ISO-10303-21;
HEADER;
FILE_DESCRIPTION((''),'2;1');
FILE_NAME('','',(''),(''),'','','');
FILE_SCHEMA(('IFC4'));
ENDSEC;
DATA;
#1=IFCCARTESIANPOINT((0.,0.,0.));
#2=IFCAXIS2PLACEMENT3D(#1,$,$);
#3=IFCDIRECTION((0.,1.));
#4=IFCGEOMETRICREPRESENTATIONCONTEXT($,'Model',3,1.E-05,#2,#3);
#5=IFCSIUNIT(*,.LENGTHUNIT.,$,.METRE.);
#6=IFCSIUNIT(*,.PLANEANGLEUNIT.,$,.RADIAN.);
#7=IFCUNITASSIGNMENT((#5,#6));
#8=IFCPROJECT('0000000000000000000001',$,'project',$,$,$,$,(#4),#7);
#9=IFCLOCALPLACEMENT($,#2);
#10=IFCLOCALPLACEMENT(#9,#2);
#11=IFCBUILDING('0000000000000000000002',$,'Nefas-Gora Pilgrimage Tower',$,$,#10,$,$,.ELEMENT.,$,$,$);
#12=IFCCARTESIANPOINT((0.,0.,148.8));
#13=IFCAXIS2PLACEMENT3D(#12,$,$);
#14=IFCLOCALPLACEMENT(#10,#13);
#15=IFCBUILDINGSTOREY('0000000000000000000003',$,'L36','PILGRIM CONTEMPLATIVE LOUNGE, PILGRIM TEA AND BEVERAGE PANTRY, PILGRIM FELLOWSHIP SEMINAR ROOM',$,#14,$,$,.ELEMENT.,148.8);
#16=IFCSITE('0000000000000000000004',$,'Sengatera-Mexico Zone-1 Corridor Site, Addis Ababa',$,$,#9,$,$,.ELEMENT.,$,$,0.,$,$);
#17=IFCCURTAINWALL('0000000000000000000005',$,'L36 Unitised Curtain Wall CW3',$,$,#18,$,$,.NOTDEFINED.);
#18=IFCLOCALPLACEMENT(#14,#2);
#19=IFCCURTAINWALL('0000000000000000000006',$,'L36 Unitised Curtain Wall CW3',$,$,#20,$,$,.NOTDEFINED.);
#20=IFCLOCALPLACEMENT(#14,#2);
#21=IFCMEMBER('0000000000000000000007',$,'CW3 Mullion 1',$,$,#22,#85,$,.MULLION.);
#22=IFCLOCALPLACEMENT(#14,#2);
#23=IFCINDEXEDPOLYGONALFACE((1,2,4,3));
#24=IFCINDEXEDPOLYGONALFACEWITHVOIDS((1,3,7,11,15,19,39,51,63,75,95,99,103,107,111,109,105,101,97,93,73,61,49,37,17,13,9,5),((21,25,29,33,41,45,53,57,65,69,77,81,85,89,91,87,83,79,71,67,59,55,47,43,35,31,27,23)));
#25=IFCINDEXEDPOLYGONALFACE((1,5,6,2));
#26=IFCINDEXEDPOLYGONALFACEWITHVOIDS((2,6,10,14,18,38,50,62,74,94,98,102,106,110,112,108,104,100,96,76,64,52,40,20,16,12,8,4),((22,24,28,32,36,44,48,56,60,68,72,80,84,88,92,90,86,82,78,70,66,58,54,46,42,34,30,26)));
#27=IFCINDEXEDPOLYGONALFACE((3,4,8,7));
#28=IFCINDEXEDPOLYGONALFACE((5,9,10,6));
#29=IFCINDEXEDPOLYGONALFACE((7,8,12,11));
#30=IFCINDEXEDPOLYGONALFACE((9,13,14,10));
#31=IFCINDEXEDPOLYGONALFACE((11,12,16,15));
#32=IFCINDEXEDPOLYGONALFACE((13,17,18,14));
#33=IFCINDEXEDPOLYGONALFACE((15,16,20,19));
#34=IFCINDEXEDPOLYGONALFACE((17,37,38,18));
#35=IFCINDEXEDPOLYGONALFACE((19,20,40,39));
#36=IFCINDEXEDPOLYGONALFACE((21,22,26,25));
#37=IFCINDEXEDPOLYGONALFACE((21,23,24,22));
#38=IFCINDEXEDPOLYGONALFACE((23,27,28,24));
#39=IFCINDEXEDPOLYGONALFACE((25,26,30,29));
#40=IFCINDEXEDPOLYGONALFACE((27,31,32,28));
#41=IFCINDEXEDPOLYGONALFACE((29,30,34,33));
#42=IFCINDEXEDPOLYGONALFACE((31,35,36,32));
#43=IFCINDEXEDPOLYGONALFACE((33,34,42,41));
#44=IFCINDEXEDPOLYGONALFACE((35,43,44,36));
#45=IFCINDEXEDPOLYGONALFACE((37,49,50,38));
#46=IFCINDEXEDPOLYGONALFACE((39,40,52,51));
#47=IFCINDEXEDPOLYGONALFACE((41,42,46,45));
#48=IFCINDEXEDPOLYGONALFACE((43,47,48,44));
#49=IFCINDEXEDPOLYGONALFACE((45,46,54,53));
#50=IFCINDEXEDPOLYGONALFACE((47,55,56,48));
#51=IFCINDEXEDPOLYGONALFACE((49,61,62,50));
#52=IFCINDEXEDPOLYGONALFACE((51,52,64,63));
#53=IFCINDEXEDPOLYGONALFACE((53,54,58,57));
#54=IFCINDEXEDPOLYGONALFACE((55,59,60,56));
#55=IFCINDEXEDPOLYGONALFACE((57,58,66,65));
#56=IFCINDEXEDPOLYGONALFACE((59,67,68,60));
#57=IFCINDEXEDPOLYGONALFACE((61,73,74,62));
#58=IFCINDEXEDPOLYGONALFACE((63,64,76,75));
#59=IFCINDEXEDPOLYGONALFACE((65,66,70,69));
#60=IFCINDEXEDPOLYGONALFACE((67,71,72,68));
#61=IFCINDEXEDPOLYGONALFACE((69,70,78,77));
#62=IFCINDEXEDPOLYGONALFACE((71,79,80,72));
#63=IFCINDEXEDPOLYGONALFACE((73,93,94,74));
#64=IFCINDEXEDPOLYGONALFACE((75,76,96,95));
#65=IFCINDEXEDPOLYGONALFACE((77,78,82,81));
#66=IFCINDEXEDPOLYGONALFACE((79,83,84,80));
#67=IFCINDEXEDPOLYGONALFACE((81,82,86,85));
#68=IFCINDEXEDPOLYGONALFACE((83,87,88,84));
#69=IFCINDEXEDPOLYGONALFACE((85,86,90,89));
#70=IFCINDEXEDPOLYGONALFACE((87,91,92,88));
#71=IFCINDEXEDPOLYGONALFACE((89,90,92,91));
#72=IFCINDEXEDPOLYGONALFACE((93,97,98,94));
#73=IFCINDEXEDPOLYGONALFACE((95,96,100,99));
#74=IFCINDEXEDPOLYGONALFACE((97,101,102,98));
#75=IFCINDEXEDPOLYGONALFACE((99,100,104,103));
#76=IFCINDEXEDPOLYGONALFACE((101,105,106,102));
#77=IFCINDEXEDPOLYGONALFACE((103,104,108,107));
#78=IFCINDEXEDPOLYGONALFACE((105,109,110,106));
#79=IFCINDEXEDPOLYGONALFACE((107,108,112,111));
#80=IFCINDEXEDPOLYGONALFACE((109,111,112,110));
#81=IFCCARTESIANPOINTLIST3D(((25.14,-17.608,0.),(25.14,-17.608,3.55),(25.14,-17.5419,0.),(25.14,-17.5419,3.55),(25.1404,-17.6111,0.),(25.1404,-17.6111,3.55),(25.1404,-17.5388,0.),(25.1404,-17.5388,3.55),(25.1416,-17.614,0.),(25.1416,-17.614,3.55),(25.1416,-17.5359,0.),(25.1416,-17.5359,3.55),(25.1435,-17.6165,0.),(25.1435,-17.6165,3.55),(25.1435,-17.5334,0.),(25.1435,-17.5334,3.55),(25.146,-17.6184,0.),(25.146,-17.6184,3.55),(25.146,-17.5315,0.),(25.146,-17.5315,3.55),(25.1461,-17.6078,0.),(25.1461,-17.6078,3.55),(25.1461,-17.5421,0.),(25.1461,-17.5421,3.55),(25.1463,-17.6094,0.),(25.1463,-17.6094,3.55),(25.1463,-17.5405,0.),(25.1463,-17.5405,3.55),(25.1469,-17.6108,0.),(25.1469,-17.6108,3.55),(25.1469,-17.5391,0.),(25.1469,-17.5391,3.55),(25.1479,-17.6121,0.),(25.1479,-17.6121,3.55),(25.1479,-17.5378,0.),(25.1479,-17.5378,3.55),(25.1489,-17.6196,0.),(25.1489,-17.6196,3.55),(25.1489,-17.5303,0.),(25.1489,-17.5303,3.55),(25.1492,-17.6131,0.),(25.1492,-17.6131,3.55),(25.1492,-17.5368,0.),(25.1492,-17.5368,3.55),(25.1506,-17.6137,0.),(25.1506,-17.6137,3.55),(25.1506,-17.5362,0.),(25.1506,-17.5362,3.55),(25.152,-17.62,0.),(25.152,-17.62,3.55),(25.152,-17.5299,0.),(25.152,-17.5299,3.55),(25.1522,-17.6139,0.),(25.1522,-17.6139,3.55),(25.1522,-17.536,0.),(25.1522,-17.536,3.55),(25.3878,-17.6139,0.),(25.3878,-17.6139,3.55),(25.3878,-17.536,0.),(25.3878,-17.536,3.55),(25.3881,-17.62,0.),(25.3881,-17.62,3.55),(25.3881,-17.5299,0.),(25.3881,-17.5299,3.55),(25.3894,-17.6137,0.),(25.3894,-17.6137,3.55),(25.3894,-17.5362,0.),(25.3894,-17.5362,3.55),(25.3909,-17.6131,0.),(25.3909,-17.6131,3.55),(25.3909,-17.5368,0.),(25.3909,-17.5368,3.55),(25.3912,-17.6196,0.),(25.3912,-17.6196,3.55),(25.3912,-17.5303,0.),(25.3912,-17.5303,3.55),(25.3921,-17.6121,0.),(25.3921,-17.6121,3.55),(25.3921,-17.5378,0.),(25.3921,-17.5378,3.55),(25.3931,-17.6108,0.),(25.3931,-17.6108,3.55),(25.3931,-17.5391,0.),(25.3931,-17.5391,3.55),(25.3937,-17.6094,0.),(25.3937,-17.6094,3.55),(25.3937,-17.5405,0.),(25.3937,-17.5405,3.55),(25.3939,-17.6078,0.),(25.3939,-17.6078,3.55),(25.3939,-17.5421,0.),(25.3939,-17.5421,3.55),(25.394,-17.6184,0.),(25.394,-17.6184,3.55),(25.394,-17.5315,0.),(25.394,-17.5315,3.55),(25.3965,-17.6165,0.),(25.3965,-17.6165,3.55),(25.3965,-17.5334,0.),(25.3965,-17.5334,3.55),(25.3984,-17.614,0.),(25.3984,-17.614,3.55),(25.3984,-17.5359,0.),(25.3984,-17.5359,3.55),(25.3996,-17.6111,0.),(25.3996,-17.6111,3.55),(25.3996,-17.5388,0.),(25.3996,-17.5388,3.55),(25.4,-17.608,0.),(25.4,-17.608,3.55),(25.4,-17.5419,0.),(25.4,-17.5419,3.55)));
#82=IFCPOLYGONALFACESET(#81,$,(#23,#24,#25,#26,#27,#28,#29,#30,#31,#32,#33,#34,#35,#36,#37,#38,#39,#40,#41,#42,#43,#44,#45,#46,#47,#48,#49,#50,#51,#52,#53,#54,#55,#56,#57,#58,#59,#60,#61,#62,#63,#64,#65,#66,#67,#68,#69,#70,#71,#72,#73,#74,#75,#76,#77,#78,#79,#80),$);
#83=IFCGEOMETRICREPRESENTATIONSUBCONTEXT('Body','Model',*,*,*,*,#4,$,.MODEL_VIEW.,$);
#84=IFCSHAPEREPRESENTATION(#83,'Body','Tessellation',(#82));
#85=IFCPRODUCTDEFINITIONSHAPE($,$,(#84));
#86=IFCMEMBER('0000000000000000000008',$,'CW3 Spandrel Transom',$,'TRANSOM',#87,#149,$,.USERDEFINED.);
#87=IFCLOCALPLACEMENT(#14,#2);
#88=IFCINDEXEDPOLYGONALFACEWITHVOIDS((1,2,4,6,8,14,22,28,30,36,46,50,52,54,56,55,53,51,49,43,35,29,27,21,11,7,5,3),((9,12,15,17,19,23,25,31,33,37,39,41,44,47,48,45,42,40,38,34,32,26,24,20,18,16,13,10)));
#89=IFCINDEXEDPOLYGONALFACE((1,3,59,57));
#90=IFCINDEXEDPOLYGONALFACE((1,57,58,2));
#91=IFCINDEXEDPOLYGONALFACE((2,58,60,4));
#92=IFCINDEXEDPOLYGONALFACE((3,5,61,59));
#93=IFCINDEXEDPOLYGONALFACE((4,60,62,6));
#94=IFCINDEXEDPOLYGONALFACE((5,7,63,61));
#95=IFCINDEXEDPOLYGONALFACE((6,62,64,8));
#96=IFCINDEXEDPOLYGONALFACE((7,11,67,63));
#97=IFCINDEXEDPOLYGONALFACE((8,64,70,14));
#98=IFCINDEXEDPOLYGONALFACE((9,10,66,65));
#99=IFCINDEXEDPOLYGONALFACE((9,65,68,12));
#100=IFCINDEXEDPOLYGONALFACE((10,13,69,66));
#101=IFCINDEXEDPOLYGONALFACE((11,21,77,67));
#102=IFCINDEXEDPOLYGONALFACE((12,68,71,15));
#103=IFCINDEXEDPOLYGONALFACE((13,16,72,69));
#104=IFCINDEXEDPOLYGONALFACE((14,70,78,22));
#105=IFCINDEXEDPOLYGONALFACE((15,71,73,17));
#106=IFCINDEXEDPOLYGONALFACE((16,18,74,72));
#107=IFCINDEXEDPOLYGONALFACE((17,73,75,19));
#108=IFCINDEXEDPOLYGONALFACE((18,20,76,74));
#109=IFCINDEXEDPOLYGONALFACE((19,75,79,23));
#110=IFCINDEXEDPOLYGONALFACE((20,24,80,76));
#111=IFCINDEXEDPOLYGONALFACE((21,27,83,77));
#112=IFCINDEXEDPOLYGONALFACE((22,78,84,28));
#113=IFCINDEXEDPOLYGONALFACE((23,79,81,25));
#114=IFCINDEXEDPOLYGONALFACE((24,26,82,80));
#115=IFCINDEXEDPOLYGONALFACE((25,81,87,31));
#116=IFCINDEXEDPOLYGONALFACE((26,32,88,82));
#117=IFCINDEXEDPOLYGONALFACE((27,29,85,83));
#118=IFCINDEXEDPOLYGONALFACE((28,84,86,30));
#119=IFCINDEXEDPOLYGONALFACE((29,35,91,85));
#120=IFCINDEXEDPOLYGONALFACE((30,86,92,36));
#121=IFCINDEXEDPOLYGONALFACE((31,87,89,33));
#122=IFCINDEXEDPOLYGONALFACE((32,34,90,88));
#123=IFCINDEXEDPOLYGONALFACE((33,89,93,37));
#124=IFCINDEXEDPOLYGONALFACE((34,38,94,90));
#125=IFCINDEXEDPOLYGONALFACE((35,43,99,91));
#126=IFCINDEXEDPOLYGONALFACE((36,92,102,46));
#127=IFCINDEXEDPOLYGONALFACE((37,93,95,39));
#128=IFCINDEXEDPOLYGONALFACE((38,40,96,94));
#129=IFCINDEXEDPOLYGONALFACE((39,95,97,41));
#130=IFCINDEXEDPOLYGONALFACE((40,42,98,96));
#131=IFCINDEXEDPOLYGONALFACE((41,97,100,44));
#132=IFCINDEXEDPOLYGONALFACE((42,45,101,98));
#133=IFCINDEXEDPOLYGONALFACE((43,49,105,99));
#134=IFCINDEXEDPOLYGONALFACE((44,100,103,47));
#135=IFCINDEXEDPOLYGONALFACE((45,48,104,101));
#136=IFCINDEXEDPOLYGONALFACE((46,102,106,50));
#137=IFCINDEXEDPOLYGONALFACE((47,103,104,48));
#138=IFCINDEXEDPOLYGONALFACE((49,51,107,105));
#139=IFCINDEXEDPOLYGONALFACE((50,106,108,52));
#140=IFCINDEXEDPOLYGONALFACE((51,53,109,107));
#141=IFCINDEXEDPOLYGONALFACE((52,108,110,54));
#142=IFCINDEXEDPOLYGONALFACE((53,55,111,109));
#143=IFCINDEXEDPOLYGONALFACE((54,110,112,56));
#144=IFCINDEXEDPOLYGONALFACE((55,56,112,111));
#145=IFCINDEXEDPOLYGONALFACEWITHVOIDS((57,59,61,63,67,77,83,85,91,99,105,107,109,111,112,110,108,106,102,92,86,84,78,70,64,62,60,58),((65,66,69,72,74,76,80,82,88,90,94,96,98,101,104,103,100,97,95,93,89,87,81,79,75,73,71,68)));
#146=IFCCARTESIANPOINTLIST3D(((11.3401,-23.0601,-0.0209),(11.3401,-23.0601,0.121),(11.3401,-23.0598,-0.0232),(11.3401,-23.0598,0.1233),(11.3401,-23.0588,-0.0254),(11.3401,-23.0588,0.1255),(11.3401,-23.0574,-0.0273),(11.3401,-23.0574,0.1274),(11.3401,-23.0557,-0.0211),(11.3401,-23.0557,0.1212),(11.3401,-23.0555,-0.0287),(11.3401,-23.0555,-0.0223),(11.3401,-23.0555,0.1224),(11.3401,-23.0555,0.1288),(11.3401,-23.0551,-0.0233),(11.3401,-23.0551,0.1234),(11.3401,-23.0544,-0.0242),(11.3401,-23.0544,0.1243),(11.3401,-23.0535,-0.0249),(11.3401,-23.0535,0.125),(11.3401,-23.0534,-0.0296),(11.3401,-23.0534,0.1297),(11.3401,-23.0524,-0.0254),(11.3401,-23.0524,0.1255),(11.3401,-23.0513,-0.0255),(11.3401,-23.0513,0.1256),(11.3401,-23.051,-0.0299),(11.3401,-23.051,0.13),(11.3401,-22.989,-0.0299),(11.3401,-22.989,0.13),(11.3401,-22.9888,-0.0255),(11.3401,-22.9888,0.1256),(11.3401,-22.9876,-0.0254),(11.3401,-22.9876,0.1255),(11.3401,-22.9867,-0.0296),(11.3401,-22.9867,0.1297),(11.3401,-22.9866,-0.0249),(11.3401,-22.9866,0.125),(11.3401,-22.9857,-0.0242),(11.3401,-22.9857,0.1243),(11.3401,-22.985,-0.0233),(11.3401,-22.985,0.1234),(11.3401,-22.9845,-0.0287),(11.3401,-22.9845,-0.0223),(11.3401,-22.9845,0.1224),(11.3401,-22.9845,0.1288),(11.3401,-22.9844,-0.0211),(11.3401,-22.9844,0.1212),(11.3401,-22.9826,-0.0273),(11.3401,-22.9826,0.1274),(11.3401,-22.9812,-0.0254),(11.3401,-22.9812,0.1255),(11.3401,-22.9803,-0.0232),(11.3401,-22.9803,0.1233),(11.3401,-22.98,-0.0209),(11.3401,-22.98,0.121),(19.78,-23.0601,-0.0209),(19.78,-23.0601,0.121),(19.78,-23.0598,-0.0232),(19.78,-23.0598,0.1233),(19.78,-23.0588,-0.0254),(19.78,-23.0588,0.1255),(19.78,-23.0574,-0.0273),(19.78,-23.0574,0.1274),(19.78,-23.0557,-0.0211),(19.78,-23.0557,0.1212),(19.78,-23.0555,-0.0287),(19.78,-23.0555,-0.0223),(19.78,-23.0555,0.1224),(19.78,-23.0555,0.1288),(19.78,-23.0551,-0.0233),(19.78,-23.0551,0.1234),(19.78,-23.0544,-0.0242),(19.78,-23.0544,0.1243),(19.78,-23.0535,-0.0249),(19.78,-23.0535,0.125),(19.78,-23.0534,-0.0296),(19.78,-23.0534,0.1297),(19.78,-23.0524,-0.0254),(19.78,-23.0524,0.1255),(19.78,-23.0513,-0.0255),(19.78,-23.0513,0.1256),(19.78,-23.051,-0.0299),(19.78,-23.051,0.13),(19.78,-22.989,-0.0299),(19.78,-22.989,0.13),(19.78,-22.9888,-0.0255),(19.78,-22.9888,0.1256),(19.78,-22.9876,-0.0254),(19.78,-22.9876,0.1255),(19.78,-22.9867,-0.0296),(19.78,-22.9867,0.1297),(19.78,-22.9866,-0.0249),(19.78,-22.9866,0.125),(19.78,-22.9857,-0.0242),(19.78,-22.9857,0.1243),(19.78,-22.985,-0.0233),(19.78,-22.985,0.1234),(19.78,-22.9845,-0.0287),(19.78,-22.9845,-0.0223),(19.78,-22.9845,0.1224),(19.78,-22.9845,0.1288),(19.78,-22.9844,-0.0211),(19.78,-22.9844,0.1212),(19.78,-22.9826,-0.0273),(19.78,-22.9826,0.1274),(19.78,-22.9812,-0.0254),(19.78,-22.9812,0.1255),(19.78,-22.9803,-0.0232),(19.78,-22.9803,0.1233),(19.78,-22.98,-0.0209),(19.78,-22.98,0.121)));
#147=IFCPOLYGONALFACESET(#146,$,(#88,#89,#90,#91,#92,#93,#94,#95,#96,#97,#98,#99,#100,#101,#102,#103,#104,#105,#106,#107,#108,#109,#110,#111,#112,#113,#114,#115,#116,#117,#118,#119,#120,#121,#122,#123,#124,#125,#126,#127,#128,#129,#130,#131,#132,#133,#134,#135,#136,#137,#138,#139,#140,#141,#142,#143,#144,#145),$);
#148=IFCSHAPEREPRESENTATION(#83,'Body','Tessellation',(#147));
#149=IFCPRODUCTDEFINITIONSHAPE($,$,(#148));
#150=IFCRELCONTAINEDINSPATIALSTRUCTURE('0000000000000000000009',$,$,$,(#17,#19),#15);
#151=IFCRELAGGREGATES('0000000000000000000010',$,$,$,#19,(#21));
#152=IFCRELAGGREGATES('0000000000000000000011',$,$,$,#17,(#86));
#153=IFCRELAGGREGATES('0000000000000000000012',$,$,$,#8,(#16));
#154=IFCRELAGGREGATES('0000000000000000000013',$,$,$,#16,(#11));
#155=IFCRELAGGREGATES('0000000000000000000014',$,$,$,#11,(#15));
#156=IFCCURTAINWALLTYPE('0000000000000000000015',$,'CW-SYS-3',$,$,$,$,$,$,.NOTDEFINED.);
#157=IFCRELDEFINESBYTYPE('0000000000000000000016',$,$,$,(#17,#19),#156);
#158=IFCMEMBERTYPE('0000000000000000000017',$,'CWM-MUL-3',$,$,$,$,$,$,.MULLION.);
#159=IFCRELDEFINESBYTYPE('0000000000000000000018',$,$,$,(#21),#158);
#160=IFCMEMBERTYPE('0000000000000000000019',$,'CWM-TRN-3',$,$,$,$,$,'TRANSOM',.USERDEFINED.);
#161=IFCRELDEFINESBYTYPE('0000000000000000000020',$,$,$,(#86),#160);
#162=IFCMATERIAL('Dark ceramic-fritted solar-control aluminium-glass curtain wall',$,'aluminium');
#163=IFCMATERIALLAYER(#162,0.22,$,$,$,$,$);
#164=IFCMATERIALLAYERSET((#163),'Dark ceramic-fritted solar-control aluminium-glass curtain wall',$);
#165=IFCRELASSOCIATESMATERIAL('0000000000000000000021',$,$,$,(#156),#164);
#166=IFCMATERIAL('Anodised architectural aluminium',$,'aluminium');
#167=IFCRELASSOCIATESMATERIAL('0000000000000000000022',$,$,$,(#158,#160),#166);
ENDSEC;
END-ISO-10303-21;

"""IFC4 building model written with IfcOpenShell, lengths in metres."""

from ifc_helpers import new_model, si_unit, direction, frame, origin, origin_2d, place, context, subcontext, project, spatial, hollow_rectangle, extrude, source, transform, mapped, material, layer, layer_set, material_profile, profile_set, type_object, element, aggregate, save


model = new_model("IFC4")

# Units and contexts
model_context = context("Model", 3, precision=1e-05, world=origin(), true_north=direction((0.0, 1.0)))
body_context = subcontext(model_context, "Body", "Model", "MODEL_VIEW")
ifc_project = project(units=[si_unit("LENGTHUNIT", "METRE"), si_unit("PLANEANGLEUNIT", "RADIAN")], contexts=[model_context])

# Site, building, storey
site_placement = place(None, origin())
site = spatial("IfcSite", under=ifc_project, at=site_placement, Name="Sengatera-Mexico Zone-1 Corridor Site, Addis Ababa", CompositionType="ELEMENT", RefElevation=0.0)
building_placement = place(site_placement, origin())
building = spatial("IfcBuilding", under=site, at=building_placement, Name="Nefas-Gora Pilgrimage Tower", CompositionType="ELEMENT")
storey_placement = place(building_placement, frame((0.0, 0.0, 148.8)))
storey = spatial("IfcBuildingStorey", under=building, at=storey_placement, Name="L36", Description="PILGRIM CONTEMPLATIVE LOUNGE, PILGRIM TEA AND BEVERAGE PANTRY, PILGRIM FELLOWSHIP SEMINAR ROOM", CompositionType="ELEMENT", Elevation=148.8)

# Curtain wall
ifc_material_1 = material(Name="Dark ceramic-fritted solar-control aluminium-glass curtain wall", Category="aluminium")
ifc_layer_1 = layer(ifc_material_1, 0.22)
ifc_layer_set_1 = layer_set([ifc_layer_1], Name="Dark ceramic-fritted solar-control aluminium-glass curtain wall")
curtain_wall_type = type_object("IfcCurtainWallType", Name="CW-SYS-3", PredefinedType="NOTDEFINED", material=ifc_layer_set_1)
curtain_wall_1_placement = place(storey_placement, origin())
curtain_wall_1 = element("IfcCurtainWall", 1, at=curtain_wall_1_placement, inside=storey, type_object=curtain_wall_type, Name="L36 Unitised Curtain Wall CW3", PredefinedType="NOTDEFINED")
ifc_material_2 = material(Name="Anodised architectural aluminium", Category="aluminium")
ifc_material_profile_1 = material_profile(ifc_material_2, hollow_rectangle(XDim=0.0901, YDim=0.26, WallThickness=0.0061, InnerFilletRadius=0.0061, OuterFilletRadius=0.012, at=origin_2d()), Name="ALU MULLION 90x260")
ifc_profile_set_1 = profile_set([ifc_material_profile_1], Name="Anodised architectural aluminium")
member_type_1 = type_object("IfcMemberType", Name="CWM-MUL-3", PredefinedType="MULLION", material=ifc_profile_set_1)
shared_shape_1 = source(origin(), body_context, "Body", "SweptSolid", [
    extrude(hollow_rectangle(XDim=0.0901, YDim=0.26, WallThickness=0.0061, InnerFilletRadius=0.0061, OuterFilletRadius=0.012, at=origin_2d()), origin(), (0.0, 0.0, 1.0), 3.55),
])

# Curtain wall, member
curtain_wall_2_placement = place(storey_placement, origin())
curtain_wall_2 = element("IfcCurtainWall", 2, at=curtain_wall_2_placement, inside=storey, type_object=curtain_wall_type, Name="L36 Unitised Curtain Wall CW3", PredefinedType="NOTDEFINED")
member_1_placement = place(storey_placement, frame((25.27, -17.575, 0.0), z_axis=(0.0, 0.0, 1.0), x_axis=(0.0, 1.0, 0.0)))
member_1 = element("IfcMember", 3, at=member_1_placement, type_object=member_type_1, Name="CW3 Mullion 1", PredefinedType="MULLION", context=body_context, shape_type="MappedRepresentation", body=[
    mapped(shared_shape_1, transform((0.0, 0.0, 0.0), x_axis=(1.0, 0.0, 0.0), y_axis=(0.0, 1.0, 0.0), z_axis=(0.0, 0.0, 1.0), scale=1.0)),
])

# Member
ifc_material_profile_2 = material_profile(ifc_material_2, hollow_rectangle(XDim=0.0801, YDim=0.1599, WallThickness=0.0044, InnerFilletRadius=0.0044, OuterFilletRadius=0.009, at=origin_2d()), Name="ALU TRANSOM 80x160")
ifc_profile_set_2 = profile_set([ifc_material_profile_2], Name="Anodised architectural aluminium")
member_type_2 = type_object("IfcMemberType", Name="CWM-TRN-3", ElementType="TRANSOM", PredefinedType="USERDEFINED", material=ifc_profile_set_2)
shared_shape_2 = source(origin(), body_context, "Body", "SweptSolid", [
    extrude(hollow_rectangle(XDim=0.0801, YDim=0.1599, WallThickness=0.0044, InnerFilletRadius=0.0044, OuterFilletRadius=0.009, at=origin_2d()), origin(), (0.0, 0.0, 1.0), 8.4399),
])
member_2_placement = place(storey_placement, frame((11.3401, -23.02, 0.05), z_axis=(1.0, 0.0, 0.0), x_axis=(0.0, 1.0, 0.0)))
member_2 = element("IfcMember", 4, at=member_2_placement, type_object=member_type_2, Name="CW3 Spandrel Transom", ObjectType="TRANSOM", PredefinedType="USERDEFINED", context=body_context, shape_type="MappedRepresentation", body=[
    mapped(shared_shape_2, transform((0.0, 0.0, 0.0), x_axis=(1.0, 0.0, 0.0), y_axis=(0.0, 1.0, 0.0), z_axis=(0.0, 0.0, 1.0), scale=1.0)),
])
aggregate(curtain_wall_2, [member_1])

aggregate(curtain_wall_1, [member_2])

save(model, "model.ifc")
